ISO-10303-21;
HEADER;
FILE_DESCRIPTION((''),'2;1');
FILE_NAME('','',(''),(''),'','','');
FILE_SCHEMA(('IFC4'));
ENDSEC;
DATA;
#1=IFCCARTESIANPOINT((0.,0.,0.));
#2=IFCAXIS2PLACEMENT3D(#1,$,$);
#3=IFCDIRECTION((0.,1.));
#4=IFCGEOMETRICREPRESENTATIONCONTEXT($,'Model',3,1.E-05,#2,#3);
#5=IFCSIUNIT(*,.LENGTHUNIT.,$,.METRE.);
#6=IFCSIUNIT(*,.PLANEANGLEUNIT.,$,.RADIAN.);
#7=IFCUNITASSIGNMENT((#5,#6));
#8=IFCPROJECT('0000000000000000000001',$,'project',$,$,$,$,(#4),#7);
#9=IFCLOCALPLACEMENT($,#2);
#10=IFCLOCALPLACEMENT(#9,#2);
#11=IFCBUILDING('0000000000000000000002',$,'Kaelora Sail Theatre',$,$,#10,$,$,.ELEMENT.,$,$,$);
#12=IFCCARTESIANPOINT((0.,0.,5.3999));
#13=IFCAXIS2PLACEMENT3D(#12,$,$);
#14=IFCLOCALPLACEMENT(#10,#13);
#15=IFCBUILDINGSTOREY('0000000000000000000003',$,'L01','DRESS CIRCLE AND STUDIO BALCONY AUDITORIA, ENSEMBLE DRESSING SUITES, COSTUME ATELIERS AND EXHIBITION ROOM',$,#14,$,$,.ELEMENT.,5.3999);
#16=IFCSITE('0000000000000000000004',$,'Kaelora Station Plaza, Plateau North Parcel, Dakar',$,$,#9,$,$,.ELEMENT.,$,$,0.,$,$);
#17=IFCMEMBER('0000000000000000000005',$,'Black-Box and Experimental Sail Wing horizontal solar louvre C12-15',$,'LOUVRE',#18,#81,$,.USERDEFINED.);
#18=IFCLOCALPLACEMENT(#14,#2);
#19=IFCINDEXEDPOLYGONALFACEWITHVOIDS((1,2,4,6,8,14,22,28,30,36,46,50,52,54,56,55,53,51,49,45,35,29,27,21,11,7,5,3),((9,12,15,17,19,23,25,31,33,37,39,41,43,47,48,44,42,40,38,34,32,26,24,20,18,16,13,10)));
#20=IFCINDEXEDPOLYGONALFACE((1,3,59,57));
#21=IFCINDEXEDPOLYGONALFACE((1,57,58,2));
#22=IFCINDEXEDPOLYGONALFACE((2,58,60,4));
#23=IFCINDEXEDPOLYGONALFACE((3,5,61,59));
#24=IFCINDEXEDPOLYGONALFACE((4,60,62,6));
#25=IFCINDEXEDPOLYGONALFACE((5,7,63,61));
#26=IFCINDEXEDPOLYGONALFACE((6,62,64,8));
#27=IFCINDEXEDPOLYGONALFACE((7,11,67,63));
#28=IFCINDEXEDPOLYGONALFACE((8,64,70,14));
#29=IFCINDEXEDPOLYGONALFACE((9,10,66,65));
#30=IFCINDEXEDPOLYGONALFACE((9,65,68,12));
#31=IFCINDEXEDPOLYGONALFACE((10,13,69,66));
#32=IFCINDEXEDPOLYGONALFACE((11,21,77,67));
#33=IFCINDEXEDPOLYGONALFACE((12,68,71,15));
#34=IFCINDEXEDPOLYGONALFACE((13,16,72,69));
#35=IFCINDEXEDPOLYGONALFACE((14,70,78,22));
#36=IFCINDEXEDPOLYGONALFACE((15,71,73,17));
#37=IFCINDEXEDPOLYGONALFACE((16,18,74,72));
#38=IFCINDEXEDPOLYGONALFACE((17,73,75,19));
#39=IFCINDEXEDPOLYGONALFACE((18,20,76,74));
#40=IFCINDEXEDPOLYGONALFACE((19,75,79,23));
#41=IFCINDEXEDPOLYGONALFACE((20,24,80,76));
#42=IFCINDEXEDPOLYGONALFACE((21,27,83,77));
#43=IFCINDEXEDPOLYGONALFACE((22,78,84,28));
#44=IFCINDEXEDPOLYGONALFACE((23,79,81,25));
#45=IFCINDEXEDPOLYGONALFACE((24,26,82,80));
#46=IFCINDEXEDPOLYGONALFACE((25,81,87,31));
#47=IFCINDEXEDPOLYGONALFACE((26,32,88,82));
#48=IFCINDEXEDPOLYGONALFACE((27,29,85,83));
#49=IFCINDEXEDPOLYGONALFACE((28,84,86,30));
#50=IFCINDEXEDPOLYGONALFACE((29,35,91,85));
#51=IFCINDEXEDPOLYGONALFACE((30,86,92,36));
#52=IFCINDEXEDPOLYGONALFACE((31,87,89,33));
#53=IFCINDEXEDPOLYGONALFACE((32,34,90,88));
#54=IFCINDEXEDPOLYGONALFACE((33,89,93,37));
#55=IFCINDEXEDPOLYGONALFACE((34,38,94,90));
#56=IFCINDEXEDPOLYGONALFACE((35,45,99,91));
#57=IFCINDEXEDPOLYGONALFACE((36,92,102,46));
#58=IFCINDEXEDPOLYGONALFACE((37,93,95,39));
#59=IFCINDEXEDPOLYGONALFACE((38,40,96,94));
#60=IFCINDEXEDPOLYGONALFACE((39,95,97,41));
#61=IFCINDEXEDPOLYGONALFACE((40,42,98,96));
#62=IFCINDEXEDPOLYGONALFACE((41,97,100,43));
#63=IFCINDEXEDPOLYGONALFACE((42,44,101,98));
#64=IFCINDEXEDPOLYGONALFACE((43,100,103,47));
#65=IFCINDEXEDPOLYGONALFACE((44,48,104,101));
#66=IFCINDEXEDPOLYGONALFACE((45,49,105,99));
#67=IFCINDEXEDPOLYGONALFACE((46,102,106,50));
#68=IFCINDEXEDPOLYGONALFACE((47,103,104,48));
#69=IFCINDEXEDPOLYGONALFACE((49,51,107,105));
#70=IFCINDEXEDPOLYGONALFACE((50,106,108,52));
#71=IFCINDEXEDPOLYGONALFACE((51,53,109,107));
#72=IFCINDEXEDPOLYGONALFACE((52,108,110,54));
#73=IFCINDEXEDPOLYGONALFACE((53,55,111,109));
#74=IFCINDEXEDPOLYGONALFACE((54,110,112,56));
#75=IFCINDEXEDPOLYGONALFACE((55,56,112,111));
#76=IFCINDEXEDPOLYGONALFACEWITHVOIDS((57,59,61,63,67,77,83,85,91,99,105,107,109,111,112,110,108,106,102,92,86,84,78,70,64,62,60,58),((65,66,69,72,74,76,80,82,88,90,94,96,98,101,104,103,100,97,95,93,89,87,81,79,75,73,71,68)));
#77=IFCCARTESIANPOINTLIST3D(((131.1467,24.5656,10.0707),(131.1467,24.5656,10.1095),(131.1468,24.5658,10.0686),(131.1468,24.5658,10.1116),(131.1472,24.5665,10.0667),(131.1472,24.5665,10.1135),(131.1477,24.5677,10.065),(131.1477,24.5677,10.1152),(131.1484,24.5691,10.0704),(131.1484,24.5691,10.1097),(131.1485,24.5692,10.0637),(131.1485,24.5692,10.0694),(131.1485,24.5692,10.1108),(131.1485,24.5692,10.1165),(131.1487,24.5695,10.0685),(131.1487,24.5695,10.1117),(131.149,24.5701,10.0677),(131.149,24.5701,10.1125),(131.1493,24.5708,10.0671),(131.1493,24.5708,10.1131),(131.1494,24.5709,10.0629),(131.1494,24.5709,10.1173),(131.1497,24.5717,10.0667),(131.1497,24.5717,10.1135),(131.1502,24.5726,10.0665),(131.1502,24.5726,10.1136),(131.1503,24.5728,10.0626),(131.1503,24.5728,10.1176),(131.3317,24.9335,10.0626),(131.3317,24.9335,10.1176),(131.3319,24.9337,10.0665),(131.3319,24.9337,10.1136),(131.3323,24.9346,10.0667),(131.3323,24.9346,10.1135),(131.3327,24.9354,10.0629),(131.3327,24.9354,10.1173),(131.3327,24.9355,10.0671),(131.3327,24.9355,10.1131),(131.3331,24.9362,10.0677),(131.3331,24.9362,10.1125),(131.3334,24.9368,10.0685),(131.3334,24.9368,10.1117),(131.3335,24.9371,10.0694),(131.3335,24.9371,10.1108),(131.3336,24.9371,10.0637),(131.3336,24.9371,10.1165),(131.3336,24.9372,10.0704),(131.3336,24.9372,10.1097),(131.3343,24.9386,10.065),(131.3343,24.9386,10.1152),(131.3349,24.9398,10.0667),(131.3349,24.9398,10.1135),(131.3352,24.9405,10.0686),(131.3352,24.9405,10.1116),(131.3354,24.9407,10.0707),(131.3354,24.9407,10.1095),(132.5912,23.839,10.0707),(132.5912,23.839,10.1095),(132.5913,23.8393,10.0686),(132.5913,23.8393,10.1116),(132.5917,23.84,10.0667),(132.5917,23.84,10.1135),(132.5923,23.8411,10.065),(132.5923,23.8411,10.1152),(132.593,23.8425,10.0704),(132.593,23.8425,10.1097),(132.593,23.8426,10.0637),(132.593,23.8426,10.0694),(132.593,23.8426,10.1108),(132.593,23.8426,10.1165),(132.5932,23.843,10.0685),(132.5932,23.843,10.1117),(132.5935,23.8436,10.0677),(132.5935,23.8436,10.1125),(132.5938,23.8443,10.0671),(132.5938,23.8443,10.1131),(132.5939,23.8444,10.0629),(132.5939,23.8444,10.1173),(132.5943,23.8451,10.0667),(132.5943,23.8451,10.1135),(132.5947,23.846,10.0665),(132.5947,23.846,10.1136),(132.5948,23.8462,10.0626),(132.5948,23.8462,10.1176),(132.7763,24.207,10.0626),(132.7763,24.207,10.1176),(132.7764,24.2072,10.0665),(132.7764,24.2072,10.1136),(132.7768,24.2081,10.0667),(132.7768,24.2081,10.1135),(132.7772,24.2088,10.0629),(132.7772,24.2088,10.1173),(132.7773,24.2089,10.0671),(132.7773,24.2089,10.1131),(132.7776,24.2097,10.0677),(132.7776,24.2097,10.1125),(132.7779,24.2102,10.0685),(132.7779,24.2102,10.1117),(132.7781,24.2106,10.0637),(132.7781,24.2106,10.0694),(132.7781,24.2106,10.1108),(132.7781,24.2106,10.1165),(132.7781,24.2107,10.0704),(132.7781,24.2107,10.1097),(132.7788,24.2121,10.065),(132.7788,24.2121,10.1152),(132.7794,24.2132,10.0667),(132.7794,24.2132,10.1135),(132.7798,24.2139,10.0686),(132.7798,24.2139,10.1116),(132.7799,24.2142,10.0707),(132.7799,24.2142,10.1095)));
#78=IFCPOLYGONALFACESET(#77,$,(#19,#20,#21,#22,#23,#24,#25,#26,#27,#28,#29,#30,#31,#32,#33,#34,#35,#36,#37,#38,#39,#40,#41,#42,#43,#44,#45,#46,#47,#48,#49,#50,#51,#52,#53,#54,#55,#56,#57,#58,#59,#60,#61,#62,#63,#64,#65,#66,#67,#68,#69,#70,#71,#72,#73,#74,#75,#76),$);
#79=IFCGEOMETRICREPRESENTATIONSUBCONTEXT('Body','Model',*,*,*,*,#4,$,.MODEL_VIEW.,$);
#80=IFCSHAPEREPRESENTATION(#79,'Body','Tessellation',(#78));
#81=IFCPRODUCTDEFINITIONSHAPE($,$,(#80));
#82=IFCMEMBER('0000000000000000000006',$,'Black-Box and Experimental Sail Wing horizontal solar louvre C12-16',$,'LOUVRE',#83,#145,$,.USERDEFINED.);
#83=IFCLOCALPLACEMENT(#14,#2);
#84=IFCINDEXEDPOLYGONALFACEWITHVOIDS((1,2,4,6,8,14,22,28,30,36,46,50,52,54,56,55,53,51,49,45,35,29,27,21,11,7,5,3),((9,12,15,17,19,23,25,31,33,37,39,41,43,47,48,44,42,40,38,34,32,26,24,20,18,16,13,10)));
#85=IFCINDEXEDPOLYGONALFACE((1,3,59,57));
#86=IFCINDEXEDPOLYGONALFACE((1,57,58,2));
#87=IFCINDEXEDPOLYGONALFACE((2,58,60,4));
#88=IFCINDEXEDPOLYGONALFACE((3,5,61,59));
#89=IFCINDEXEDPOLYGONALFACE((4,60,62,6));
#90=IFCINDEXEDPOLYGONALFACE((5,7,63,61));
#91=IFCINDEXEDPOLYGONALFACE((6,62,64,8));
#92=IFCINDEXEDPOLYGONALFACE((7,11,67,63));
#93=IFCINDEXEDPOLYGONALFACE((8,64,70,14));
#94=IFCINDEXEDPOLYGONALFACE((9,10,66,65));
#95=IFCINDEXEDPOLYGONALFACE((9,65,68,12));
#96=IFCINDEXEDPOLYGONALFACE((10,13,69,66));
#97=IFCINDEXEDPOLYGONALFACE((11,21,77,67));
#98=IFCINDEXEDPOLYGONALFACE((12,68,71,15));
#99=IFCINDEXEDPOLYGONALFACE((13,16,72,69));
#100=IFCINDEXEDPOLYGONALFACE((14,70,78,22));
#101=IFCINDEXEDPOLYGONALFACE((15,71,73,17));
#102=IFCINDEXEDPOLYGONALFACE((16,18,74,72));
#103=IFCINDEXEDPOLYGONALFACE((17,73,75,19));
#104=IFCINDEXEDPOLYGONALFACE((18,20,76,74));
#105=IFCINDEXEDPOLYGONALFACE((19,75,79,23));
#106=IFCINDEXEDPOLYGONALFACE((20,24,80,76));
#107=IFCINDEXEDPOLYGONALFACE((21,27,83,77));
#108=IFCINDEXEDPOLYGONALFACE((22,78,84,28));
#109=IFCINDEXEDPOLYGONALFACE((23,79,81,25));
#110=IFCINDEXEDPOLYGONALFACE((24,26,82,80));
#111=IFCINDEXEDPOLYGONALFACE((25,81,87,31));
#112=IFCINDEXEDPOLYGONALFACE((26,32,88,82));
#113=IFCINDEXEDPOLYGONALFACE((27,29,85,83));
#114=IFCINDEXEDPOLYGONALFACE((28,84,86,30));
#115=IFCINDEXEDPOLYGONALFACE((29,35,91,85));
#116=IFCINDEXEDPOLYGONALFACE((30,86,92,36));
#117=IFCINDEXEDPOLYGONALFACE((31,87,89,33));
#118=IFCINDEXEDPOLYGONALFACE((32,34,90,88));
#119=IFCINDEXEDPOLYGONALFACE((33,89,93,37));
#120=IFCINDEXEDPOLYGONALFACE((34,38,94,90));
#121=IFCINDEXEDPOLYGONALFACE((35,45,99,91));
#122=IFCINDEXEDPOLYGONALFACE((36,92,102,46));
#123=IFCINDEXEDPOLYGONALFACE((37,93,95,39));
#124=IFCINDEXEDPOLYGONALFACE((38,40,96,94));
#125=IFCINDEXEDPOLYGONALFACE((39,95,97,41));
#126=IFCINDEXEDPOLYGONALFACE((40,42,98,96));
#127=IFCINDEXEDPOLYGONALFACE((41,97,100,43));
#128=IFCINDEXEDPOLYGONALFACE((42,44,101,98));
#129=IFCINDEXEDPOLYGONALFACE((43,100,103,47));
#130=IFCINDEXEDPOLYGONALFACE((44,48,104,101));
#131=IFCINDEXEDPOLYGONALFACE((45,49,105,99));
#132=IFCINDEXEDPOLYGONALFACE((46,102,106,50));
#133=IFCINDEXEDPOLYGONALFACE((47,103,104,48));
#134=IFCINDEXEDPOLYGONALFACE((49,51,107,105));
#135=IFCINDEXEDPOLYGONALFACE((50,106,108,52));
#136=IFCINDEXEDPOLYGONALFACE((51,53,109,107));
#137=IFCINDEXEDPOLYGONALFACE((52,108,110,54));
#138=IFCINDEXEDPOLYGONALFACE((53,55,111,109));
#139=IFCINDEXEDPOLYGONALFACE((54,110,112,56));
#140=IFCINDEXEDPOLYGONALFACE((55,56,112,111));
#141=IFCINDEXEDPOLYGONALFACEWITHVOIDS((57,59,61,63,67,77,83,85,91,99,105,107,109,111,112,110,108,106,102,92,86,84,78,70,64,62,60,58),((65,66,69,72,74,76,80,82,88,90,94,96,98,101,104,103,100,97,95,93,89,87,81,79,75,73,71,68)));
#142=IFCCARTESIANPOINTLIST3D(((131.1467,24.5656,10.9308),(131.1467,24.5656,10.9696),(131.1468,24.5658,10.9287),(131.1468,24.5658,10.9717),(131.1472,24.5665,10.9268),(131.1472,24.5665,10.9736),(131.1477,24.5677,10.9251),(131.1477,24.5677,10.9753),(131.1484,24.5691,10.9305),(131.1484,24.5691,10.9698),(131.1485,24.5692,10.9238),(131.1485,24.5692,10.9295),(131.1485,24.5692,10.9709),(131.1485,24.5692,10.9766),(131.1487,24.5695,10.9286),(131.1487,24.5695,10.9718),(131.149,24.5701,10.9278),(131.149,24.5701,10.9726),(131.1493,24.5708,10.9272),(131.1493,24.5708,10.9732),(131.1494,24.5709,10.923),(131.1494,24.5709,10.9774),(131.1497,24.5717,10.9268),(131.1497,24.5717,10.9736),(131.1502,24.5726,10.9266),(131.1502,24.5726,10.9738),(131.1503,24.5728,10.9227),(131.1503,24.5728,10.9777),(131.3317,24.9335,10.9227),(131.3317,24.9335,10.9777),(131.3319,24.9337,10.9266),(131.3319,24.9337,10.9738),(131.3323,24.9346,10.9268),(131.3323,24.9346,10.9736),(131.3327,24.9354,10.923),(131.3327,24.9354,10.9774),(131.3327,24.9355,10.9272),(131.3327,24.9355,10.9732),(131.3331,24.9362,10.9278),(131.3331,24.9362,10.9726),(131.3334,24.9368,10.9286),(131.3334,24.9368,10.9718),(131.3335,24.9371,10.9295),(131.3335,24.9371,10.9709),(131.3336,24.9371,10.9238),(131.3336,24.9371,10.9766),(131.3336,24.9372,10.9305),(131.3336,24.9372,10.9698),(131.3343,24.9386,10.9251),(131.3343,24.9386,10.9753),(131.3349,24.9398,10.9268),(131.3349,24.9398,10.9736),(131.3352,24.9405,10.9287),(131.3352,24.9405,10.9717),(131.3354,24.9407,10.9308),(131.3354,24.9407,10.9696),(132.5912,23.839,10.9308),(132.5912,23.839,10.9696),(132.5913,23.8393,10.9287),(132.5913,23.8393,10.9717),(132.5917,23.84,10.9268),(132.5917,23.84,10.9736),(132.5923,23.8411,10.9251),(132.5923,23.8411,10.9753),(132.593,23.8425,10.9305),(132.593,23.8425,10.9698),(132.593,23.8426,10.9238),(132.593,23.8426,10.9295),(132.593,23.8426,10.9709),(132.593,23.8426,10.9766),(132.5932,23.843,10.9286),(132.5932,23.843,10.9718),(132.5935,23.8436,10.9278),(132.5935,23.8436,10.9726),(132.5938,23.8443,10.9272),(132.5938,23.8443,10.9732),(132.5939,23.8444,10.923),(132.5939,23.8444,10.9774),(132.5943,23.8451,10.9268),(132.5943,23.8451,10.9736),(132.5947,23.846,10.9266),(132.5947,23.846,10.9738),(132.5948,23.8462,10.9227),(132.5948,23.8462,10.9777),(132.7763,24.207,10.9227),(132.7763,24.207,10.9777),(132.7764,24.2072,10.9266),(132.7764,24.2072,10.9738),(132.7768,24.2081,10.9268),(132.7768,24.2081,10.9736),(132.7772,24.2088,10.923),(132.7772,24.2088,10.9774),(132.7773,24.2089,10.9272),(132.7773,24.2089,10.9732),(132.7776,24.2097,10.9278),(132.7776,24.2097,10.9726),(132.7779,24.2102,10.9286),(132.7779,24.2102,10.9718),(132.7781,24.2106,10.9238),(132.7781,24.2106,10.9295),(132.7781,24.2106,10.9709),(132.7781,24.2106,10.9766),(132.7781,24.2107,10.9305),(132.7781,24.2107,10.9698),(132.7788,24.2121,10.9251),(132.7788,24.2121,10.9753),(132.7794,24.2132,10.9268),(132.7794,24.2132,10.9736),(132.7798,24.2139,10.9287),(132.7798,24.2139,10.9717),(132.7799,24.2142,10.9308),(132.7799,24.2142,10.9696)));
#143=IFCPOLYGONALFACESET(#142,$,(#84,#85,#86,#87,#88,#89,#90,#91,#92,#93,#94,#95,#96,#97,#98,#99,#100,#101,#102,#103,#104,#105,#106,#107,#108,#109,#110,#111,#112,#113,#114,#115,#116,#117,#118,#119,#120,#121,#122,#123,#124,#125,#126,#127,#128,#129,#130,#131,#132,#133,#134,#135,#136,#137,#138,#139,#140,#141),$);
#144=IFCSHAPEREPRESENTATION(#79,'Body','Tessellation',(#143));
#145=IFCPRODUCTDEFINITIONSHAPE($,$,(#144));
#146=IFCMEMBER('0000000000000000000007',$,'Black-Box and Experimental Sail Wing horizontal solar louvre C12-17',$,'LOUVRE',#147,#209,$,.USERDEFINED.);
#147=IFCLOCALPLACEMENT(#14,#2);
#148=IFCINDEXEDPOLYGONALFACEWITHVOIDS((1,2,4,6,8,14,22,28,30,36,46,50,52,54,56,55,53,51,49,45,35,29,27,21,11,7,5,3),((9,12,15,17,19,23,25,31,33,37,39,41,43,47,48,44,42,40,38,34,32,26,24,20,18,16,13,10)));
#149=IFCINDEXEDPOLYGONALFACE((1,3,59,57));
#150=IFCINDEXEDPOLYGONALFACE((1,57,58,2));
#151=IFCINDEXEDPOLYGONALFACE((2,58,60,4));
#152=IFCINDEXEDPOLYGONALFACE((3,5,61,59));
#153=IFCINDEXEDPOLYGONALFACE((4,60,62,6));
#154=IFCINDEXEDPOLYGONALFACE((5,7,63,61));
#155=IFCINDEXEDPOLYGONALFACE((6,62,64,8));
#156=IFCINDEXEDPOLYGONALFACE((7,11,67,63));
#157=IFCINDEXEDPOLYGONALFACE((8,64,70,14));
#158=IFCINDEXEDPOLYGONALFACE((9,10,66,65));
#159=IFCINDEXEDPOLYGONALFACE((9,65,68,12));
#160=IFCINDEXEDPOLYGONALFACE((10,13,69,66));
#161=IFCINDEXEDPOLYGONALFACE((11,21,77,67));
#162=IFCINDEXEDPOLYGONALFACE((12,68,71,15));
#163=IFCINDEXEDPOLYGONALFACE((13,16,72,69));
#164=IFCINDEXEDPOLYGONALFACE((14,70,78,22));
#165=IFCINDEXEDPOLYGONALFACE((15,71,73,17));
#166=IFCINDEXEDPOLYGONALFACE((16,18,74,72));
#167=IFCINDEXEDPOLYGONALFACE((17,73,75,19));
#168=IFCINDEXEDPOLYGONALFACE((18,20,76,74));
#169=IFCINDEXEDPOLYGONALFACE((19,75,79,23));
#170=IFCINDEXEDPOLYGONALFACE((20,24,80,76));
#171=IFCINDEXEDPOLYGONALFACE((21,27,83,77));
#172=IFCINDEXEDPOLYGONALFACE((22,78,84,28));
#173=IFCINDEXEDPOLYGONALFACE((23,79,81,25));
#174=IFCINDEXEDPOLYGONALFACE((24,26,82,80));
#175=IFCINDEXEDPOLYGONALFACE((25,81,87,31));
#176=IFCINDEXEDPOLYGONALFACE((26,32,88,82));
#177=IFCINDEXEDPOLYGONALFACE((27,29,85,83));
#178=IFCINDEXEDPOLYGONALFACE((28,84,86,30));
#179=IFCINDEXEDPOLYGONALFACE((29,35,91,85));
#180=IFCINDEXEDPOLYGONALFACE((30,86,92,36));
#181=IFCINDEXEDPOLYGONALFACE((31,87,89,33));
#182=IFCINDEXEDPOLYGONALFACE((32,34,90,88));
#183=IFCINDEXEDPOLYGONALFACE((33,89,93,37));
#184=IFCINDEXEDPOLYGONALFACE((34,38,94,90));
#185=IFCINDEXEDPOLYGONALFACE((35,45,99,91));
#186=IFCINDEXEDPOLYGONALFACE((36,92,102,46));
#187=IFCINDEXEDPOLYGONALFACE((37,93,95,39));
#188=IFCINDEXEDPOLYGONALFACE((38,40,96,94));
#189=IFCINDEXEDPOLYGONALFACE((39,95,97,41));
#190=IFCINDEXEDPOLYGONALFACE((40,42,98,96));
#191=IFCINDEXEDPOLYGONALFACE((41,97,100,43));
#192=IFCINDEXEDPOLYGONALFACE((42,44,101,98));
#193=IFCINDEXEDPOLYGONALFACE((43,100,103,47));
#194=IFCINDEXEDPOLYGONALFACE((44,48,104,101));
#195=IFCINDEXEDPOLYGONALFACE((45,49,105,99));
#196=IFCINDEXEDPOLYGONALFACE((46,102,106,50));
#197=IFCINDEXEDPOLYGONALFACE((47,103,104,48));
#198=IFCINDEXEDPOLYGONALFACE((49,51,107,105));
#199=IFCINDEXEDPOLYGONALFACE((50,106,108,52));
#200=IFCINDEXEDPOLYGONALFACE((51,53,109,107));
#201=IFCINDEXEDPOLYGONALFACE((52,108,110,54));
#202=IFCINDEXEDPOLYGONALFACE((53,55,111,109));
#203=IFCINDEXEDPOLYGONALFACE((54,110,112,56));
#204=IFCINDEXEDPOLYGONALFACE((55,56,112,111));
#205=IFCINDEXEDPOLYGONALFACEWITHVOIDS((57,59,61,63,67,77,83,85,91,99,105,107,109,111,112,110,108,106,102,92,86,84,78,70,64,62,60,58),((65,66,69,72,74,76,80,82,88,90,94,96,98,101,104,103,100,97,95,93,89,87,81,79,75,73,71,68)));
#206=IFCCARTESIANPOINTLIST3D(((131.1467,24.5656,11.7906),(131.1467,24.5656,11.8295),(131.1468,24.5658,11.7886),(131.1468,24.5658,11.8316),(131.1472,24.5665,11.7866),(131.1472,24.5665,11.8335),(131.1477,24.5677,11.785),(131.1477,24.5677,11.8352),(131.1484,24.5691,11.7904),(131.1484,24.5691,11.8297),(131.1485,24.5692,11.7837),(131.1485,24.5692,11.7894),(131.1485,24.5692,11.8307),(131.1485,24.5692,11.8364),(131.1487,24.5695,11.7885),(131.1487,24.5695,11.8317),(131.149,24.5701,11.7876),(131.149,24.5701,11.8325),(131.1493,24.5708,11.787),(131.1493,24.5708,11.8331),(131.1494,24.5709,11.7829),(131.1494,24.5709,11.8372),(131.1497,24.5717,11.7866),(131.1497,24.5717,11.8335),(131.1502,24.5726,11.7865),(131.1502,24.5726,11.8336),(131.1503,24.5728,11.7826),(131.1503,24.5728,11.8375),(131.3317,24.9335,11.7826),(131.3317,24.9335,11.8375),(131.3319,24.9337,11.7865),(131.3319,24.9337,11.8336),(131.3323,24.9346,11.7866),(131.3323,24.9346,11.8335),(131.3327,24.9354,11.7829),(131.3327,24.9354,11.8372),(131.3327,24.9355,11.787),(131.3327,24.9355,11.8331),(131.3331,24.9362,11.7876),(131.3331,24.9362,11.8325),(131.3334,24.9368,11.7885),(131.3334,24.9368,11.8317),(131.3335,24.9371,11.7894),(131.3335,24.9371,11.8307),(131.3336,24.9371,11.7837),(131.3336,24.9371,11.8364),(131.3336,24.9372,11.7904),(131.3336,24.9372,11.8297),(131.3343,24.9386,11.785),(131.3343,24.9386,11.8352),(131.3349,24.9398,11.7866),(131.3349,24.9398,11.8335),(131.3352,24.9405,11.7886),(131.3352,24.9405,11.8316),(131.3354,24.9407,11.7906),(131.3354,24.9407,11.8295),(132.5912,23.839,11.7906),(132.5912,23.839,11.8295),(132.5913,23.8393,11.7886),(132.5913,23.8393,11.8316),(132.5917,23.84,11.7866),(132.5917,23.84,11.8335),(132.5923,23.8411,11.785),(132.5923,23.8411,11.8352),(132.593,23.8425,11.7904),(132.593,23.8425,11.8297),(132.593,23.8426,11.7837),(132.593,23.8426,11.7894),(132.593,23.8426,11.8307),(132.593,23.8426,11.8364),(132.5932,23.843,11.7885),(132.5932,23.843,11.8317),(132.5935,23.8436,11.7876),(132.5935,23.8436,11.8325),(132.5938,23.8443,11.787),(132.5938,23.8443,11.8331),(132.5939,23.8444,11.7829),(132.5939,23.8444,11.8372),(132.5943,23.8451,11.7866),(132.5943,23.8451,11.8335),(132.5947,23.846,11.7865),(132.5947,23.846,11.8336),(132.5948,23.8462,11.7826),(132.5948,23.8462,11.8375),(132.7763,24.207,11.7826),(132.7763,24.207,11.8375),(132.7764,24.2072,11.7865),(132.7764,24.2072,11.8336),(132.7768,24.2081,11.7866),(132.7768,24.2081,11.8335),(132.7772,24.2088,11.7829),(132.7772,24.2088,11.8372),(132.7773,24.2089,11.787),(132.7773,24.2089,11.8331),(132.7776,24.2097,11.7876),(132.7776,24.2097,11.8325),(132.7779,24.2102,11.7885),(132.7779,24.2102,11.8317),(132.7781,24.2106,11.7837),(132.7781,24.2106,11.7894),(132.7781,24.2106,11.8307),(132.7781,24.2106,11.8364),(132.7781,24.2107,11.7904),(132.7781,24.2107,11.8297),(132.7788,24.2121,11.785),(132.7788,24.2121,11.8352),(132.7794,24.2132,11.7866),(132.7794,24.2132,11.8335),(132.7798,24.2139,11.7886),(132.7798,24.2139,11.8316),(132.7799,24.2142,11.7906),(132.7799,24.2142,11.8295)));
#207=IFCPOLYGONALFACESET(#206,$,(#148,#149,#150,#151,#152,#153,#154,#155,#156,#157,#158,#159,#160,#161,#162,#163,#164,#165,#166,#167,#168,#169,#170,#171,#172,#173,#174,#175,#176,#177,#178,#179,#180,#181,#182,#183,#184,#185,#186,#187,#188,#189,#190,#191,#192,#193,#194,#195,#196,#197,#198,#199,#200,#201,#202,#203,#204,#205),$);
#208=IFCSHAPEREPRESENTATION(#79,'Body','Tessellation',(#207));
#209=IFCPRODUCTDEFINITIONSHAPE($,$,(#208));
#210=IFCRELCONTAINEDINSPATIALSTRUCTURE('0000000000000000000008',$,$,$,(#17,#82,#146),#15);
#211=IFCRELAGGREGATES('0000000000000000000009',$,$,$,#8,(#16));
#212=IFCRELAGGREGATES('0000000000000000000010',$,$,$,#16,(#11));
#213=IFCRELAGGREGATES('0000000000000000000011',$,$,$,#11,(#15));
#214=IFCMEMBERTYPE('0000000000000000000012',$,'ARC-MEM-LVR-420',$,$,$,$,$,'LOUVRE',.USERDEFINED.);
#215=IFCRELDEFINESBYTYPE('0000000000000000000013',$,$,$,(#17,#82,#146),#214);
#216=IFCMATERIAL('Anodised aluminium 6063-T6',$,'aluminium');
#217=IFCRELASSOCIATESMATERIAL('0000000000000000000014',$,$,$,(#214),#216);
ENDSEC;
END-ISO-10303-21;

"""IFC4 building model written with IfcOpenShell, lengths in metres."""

from ifc_helpers import new_model, si_unit, direction, frame, origin, origin_2d, place, context, subcontext, project, spatial, hollow_rectangle, extrude, material, material_profile, profile_set, type_object, element, save


model = new_model("IFC4")

# Units and contexts
model_context = context("Model", 3, precision=1e-05, world=origin(), true_north=direction((0.0, 1.0)))
body_context = subcontext(model_context, "Body", "Model", "MODEL_VIEW")
ifc_project = project(units=[si_unit("LENGTHUNIT", "METRE"), si_unit("PLANEANGLEUNIT", "RADIAN")], contexts=[model_context])

# Site, building, storey
site_placement = place(None, origin())
site = spatial("IfcSite", under=ifc_project, at=site_placement, Name="Kaelora Station Plaza, Plateau North Parcel, Dakar", CompositionType="ELEMENT", RefElevation=0.0)
building_placement = place(site_placement, origin())
building = spatial("IfcBuilding", under=site, at=building_placement, Name="Kaelora Sail Theatre", CompositionType="ELEMENT")
storey_placement = place(building_placement, frame((0.0, 0.0, 5.3999)))
storey = spatial("IfcBuildingStorey", under=building, at=storey_placement, Name="L01", Description="DRESS CIRCLE AND STUDIO BALCONY AUDITORIA, ENSEMBLE DRESSING SUITES, COSTUME ATELIERS AND EXHIBITION ROOM", CompositionType="ELEMENT", Elevation=5.3999)

# Members
ifc_material = material(Name="Anodised aluminium 6063-T6", Category="aluminium")
ifc_material_profile = material_profile(ifc_material, hollow_rectangle(XDim=0.4199, YDim=0.0549, WallThickness=0.0039, InnerFilletRadius=0.0039, OuterFilletRadius=0.0081, at=origin_2d()), Name="LOUVRE 420x55x4")
ifc_profile_set = profile_set([ifc_material_profile], Name="Anodised aluminium 6063-T6")
member_type = type_object("IfcMemberType", Name="ARC-MEM-LVR-420", ElementType="LOUVRE", PredefinedType="USERDEFINED", material=ifc_profile_set)
for number, where, z_axis, x_axis, name in (
    (1, (132.6855, 24.0266, 10.0901), (-0.893368, 0.449326, 0.0), (-0.449326, -0.893368, 0.0), "Black-Box and Experimental Sail Wing horizontal solar louvre C12-15"),
    (2, (132.6855, 24.0266, 10.9502), (-0.893368, 0.449326, 0.0), (-0.449326, -0.893368, 0.0), "Black-Box and Experimental Sail Wing horizontal solar louvre C12-16"),
    (3, (132.6855, 24.0266, 11.8101), (-0.893368, 0.449326, 0.0), (-0.449326, -0.893368, 0.0), "Black-Box and Experimental Sail Wing horizontal solar louvre C12-17"),
):
    element("IfcMember", number, at=place(storey_placement, frame(where, z_axis=z_axis, x_axis=x_axis)), inside=storey, type_object=member_type, Name=name, ObjectType="LOUVRE", PredefinedType="USERDEFINED", context=body_context, shape_type="SweptSolid", body=[
        extrude(hollow_rectangle(XDim=0.4199, YDim=0.0549, WallThickness=0.0039, InnerFilletRadius=0.0039, OuterFilletRadius=0.0081, at=origin_2d()), origin(), (0.0, 0.0, 1.0), 1.6169),
    ])

save(model, "model.ifc")
